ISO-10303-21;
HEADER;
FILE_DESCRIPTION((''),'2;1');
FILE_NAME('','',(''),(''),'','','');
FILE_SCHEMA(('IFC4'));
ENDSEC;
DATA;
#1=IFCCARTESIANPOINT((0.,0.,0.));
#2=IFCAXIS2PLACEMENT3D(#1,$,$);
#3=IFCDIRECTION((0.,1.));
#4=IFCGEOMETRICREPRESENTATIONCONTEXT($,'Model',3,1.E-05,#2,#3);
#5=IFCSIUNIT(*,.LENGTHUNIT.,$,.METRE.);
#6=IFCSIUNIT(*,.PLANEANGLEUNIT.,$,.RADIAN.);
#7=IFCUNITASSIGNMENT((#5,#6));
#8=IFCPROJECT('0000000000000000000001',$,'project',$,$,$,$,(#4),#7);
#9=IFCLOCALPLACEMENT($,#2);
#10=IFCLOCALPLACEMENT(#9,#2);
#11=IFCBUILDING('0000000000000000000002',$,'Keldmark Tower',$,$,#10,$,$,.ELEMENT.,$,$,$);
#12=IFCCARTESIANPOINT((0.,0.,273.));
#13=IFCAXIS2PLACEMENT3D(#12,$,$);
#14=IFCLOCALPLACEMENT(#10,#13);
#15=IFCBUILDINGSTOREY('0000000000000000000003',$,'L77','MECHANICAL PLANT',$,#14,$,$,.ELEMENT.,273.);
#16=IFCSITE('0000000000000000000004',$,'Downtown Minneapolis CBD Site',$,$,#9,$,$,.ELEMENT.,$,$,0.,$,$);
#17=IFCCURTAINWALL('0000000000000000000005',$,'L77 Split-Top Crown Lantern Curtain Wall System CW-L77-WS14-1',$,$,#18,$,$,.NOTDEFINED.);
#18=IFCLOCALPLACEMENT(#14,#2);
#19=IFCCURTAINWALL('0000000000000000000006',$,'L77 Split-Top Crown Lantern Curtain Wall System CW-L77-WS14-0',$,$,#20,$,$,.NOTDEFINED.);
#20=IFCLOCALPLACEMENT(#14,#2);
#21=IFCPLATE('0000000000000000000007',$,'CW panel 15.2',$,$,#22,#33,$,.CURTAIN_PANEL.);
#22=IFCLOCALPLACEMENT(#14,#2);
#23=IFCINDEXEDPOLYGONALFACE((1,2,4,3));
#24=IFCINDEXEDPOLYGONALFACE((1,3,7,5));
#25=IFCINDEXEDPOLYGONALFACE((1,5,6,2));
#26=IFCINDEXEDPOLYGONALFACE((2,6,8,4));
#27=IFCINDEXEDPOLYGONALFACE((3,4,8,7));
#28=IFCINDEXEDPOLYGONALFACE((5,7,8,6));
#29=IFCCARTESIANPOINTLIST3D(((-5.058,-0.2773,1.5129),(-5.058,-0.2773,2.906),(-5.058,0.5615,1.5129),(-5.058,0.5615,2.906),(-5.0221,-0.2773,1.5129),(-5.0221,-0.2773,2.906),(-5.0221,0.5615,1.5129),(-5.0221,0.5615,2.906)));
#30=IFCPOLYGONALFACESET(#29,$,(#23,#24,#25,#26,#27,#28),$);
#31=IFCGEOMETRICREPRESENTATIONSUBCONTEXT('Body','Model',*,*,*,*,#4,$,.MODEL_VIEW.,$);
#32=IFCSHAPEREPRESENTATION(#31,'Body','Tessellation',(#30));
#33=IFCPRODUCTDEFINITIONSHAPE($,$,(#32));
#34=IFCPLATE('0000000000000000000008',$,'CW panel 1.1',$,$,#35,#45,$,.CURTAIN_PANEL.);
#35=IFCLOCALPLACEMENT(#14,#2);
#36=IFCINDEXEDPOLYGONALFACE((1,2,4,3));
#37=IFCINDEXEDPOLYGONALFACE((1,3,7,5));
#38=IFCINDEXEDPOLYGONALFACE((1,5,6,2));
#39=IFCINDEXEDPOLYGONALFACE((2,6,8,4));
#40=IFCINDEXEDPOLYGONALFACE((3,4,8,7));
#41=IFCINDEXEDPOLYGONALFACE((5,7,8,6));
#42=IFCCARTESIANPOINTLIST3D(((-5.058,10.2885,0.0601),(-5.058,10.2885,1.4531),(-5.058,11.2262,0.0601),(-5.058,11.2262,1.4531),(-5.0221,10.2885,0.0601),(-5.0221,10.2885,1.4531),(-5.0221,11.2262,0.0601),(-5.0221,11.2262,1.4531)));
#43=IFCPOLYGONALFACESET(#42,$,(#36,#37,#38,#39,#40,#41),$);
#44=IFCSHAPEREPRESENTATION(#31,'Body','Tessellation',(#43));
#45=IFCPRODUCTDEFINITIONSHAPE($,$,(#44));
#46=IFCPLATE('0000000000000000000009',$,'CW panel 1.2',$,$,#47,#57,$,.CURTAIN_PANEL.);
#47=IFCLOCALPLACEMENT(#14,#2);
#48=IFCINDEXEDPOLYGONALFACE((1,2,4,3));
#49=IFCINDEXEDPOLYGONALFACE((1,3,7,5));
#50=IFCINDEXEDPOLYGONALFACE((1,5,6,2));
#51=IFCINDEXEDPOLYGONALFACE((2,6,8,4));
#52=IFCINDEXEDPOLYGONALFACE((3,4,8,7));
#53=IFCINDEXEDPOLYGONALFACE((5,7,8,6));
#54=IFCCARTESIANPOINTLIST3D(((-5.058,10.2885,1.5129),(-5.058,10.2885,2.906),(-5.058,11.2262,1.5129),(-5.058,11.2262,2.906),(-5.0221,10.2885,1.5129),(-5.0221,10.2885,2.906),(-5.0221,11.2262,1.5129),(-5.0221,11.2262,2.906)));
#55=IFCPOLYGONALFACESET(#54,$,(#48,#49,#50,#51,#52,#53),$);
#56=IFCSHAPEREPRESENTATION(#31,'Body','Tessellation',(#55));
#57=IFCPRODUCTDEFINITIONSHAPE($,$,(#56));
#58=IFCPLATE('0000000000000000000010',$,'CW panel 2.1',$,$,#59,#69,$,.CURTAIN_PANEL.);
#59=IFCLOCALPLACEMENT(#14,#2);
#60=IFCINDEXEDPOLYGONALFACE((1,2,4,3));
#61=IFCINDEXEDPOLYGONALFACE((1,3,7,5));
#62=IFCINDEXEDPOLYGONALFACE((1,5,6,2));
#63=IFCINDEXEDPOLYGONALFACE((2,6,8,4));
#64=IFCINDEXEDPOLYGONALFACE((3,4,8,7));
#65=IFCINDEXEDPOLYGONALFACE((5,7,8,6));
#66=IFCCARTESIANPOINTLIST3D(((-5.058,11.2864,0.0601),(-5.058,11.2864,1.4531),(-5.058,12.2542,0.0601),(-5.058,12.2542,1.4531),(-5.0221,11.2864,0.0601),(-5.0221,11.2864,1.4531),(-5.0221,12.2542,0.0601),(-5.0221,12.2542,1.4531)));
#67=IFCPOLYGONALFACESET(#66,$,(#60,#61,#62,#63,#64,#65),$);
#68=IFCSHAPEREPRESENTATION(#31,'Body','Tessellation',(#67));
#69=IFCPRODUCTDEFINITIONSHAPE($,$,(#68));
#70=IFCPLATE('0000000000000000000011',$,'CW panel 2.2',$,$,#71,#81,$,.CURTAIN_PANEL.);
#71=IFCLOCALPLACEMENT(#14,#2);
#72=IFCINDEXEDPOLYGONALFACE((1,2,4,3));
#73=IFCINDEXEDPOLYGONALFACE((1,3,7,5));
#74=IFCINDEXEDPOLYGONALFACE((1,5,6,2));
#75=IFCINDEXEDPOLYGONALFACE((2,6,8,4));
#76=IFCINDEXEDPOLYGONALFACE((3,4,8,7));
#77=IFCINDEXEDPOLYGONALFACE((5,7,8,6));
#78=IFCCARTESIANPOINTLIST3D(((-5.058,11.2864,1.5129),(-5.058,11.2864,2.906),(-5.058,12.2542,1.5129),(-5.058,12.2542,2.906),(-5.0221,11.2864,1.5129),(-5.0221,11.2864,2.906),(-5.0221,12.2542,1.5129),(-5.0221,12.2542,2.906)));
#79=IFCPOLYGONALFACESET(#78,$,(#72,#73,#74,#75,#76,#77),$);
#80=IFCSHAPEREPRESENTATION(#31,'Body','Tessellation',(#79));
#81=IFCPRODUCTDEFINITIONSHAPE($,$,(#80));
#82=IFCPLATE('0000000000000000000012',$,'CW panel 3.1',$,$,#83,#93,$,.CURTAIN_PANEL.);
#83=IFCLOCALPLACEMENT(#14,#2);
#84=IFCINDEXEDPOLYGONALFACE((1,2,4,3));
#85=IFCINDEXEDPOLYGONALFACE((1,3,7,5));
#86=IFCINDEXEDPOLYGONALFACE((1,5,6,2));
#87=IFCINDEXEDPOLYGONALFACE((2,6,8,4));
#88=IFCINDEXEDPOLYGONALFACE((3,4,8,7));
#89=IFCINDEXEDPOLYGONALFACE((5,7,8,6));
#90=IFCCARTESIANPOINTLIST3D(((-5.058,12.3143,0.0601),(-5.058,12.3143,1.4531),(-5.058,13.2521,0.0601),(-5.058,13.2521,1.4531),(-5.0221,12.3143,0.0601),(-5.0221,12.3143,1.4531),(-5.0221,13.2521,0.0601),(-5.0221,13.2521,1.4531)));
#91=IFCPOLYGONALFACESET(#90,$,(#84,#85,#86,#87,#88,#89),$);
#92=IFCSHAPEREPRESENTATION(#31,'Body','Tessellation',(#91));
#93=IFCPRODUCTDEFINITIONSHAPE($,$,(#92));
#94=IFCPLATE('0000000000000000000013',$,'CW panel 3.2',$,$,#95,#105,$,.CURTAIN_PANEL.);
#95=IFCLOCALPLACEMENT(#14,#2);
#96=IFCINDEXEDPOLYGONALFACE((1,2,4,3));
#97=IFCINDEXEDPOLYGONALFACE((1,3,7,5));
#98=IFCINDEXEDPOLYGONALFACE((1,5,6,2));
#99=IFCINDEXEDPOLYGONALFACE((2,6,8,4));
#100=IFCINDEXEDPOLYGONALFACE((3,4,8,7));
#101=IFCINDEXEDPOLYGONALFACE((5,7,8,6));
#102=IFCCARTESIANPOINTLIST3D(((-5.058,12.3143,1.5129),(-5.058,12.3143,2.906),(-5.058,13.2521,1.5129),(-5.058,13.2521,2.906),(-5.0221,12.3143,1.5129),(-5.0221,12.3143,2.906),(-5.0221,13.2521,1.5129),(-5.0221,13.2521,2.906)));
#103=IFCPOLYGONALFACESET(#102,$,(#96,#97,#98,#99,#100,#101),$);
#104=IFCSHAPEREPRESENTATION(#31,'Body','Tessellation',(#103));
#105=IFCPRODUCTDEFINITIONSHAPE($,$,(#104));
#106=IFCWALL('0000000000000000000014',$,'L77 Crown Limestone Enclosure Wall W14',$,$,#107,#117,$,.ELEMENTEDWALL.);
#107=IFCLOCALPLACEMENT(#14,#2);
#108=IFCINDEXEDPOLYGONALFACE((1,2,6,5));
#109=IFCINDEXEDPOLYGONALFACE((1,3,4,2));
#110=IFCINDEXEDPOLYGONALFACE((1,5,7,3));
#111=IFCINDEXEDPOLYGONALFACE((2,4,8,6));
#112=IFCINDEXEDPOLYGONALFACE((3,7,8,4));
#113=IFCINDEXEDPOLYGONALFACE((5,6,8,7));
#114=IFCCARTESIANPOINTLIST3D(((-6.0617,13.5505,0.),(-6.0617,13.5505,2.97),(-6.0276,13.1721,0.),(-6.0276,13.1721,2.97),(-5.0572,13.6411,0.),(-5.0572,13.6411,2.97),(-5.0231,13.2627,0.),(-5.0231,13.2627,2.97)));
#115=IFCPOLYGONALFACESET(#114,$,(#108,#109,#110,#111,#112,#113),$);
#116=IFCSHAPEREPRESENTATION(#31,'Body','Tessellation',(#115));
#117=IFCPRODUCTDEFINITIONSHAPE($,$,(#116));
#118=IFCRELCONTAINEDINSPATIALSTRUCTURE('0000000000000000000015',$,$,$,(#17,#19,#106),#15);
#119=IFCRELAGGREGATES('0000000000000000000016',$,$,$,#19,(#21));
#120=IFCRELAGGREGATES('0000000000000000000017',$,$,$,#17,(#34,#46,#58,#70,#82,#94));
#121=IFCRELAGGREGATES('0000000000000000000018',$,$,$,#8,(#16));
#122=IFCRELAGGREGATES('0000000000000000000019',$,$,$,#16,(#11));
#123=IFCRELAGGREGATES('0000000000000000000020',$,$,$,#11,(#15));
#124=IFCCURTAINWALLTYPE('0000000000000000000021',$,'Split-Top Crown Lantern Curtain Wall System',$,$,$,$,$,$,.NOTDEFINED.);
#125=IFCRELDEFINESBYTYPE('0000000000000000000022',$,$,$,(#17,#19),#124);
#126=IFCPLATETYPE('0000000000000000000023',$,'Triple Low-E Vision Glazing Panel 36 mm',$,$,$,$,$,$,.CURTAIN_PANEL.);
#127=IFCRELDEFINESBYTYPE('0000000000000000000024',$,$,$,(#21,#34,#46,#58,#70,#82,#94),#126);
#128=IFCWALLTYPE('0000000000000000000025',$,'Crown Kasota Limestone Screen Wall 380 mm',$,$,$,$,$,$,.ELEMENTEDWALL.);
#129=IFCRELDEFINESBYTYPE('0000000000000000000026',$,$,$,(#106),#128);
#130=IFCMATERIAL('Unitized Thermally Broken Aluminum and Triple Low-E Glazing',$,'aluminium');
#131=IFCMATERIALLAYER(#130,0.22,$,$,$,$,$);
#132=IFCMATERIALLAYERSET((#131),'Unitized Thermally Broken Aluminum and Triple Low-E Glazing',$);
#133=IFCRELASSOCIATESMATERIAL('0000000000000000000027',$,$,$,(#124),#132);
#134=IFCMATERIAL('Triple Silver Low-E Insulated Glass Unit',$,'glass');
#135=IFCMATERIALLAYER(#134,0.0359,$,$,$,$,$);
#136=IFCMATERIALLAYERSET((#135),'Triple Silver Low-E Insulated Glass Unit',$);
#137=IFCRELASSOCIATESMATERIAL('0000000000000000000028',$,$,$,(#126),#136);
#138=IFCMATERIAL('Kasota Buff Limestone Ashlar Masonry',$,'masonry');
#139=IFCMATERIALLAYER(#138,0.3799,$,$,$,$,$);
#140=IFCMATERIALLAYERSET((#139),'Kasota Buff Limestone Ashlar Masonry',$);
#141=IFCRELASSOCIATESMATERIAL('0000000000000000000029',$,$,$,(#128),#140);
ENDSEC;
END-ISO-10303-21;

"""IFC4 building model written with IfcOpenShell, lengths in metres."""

from ifc_helpers import new_model, si_unit, direction, frame, frame_2d, origin, origin_2d, place, context, subcontext, project, spatial, rectangle, extrude, material, layer, layer_set, type_object, element, aggregate, save


model = new_model("IFC4")

# Units and contexts
model_context = context("Model", 3, precision=1e-05, world=origin(), true_north=direction((0.0, 1.0)))
body_context = subcontext(model_context, "Body", "Model", "MODEL_VIEW")
ifc_project = project(units=[si_unit("LENGTHUNIT", "METRE"), si_unit("PLANEANGLEUNIT", "RADIAN")], contexts=[model_context])

# Site, building, storey
site_placement = place(None, origin())
site = spatial("IfcSite", under=ifc_project, at=site_placement, Name="Downtown Minneapolis CBD Site", CompositionType="ELEMENT", RefElevation=0.0)
building_placement = place(site_placement, origin())
building = spatial("IfcBuilding", under=site, at=building_placement, Name="Keldmark Tower", CompositionType="ELEMENT")
storey_placement = place(building_placement, frame((0.0, 0.0, 273.0)))
storey = spatial("IfcBuildingStorey", under=building, at=storey_placement, Name="L77", Description="MECHANICAL PLANT", CompositionType="ELEMENT", Elevation=273.0)

# Curtain wall
ifc_material_1 = material(Name="Unitized Thermally Broken Aluminum and Triple Low-E Glazing", Category="aluminium")
ifc_layer_1 = layer(ifc_material_1, 0.22)
ifc_layer_set_1 = layer_set([ifc_layer_1], Name="Unitized Thermally Broken Aluminum and Triple Low-E Glazing")
curtain_wall_type = type_object("IfcCurtainWallType", Name="Split-Top Crown Lantern Curtain Wall System", PredefinedType="NOTDEFINED", material=ifc_layer_set_1)
curtain_wall_1_placement = place(storey_placement, origin())
curtain_wall_1 = element("IfcCurtainWall", 1, at=curtain_wall_1_placement, inside=storey, type_object=curtain_wall_type, Name="L77 Split-Top Crown Lantern Curtain Wall System CW-L77-WS14-1", PredefinedType="NOTDEFINED")

# Curtain wall
curtain_wall_2_placement = place(storey_placement, origin())
curtain_wall_2 = element("IfcCurtainWall", 2, at=curtain_wall_2_placement, inside=storey, type_object=curtain_wall_type, Name="L77 Split-Top Crown Lantern Curtain Wall System CW-L77-WS14-0", PredefinedType="NOTDEFINED")

# Plates
ifc_material_2 = material(Name="Triple Silver Low-E Insulated Glass Unit", Category="glass")
ifc_layer_2 = layer(ifc_material_2, 0.0359)
ifc_layer_set_2 = layer_set([ifc_layer_2], Name="Triple Silver Low-E Insulated Glass Unit")
plate_type_1 = type_object("IfcPlateType", Name="Triple Low-E Vision Glazing Panel 36 mm", PredefinedType="CURTAIN_PANEL", material=ifc_layer_set_2)
plate_1_placement = place(storey_placement, frame((-5.04, 0.1421, 1.5129), z_axis=(0.0, 0.0, 1.0), x_axis=(0.0, 1.0, 0.0)))
plate_1 = element("IfcPlate", 3, at=plate_1_placement, type_object=plate_type_1, Name="CW panel 15.2", PredefinedType="CURTAIN_PANEL", context=body_context, shape_type="SweptSolid", body=[
    extrude(rectangle(XDim=0.8389, YDim=0.0359, at=origin_2d()), origin(), (0.0, 0.0, 1.0), 1.3931),
])
aggregate(curtain_wall_2, [plate_1])
plate_2_placement = place(storey_placement, frame((-5.04, 10.7573, 0.0601), z_axis=(0.0, 0.0, 1.0), x_axis=(0.0, 1.0, 0.0)))
plate_2 = element("IfcPlate", 4, at=plate_2_placement, type_object=plate_type_1, Name="CW panel 1.1", PredefinedType="CURTAIN_PANEL", context=body_context, shape_type="SweptSolid", body=[
    extrude(rectangle(XDim=0.9377, YDim=0.0359, at=origin_2d()), origin(), (0.0, 0.0, 1.0), 1.3931),
])
plate_3_placement = place(storey_placement, frame((-5.04, 10.7573, 1.5129), z_axis=(0.0, 0.0, 1.0), x_axis=(0.0, 1.0, 0.0)))
plate_3 = element("IfcPlate", 5, at=plate_3_placement, type_object=plate_type_1, Name="CW panel 1.2", PredefinedType="CURTAIN_PANEL", context=body_context, shape_type="SweptSolid", body=[
    extrude(rectangle(XDim=0.9377, YDim=0.0359, at=origin_2d()), origin(), (0.0, 0.0, 1.0), 1.3931),
])
plate_4_placement = place(storey_placement, frame((-5.04, 11.7703, 0.0601), z_axis=(0.0, 0.0, 1.0), x_axis=(0.0, 1.0, 0.0)))
plate_4 = element("IfcPlate", 6, at=plate_4_placement, type_object=plate_type_1, Name="CW panel 2.1", PredefinedType="CURTAIN_PANEL", context=body_context, shape_type="SweptSolid", body=[
    extrude(rectangle(XDim=0.9678, YDim=0.0359, at=origin_2d()), origin(), (0.0, 0.0, 1.0), 1.3931),
])
plate_5_placement = place(storey_placement, frame((-5.04, 11.7703, 1.5129), z_axis=(0.0, 0.0, 1.0), x_axis=(0.0, 1.0, 0.0)))
plate_5 = element("IfcPlate", 7, at=plate_5_placement, type_object=plate_type_1, Name="CW panel 2.2", PredefinedType="CURTAIN_PANEL", context=body_context, shape_type="SweptSolid", body=[
    extrude(rectangle(XDim=0.9678, YDim=0.0359, at=origin_2d()), origin(), (0.0, 0.0, 1.0), 1.3931),
])
plate_6_placement = place(storey_placement, frame((-5.04, 12.7832, 0.0601), z_axis=(0.0, 0.0, 1.0), x_axis=(0.0, 1.0, 0.0)))
plate_6 = element("IfcPlate", 8, at=plate_6_placement, type_object=plate_type_1, Name="CW panel 3.1", PredefinedType="CURTAIN_PANEL", context=body_context, shape_type="SweptSolid", body=[
    extrude(rectangle(XDim=0.9377, YDim=0.0359, at=origin_2d()), origin(), (0.0, 0.0, 1.0), 1.3931),
])
plate_7_placement = place(storey_placement, frame((-5.04, 12.7832, 1.5129), z_axis=(0.0, 0.0, 1.0), x_axis=(0.0, 1.0, 0.0)))
plate_7 = element("IfcPlate", 9, at=plate_7_placement, type_object=plate_type_1, Name="CW panel 3.2", PredefinedType="CURTAIN_PANEL", context=body_context, shape_type="SweptSolid", body=[
    extrude(rectangle(XDim=0.9377, YDim=0.0359, at=origin_2d()), origin(), (0.0, 0.0, 1.0), 1.3931),
])
aggregate(curtain_wall_1, [plate_2, plate_3, plate_4, plate_5, plate_6, plate_7])

# Wall
ifc_material_3 = material(Name="Kasota Buff Limestone Ashlar Masonry", Category="masonry")
ifc_layer_3 = layer(ifc_material_3, 0.3799)
ifc_layer_set_3 = layer_set([ifc_layer_3], Name="Kasota Buff Limestone Ashlar Masonry")
wall_type_1 = type_object("IfcWallType", Name="Crown Kasota Limestone Screen Wall 380 mm", PredefinedType="ELEMENTEDWALL", material=ifc_layer_set_3)
wall_1_placement = place(storey_placement, frame((-5.04, 13.4519, 0.0), z_axis=(0.0, 0.0, 1.0), x_axis=(-0.995958, -0.089815, 0.0)))
element("IfcWall", 10, at=wall_1_placement, inside=storey, type_object=wall_type_1, Name="L77 Crown Limestone Enclosure Wall W14", PredefinedType="ELEMENTEDWALL", context=body_context, shape_type="SweptSolid", body=[
    extrude(rectangle(XDim=1.0085, YDim=0.3799, at=frame_2d((0.5044, 0.0))), origin(), (0.0, 0.0, 1.0), 2.97),
])

save(model, "model.ifc")
